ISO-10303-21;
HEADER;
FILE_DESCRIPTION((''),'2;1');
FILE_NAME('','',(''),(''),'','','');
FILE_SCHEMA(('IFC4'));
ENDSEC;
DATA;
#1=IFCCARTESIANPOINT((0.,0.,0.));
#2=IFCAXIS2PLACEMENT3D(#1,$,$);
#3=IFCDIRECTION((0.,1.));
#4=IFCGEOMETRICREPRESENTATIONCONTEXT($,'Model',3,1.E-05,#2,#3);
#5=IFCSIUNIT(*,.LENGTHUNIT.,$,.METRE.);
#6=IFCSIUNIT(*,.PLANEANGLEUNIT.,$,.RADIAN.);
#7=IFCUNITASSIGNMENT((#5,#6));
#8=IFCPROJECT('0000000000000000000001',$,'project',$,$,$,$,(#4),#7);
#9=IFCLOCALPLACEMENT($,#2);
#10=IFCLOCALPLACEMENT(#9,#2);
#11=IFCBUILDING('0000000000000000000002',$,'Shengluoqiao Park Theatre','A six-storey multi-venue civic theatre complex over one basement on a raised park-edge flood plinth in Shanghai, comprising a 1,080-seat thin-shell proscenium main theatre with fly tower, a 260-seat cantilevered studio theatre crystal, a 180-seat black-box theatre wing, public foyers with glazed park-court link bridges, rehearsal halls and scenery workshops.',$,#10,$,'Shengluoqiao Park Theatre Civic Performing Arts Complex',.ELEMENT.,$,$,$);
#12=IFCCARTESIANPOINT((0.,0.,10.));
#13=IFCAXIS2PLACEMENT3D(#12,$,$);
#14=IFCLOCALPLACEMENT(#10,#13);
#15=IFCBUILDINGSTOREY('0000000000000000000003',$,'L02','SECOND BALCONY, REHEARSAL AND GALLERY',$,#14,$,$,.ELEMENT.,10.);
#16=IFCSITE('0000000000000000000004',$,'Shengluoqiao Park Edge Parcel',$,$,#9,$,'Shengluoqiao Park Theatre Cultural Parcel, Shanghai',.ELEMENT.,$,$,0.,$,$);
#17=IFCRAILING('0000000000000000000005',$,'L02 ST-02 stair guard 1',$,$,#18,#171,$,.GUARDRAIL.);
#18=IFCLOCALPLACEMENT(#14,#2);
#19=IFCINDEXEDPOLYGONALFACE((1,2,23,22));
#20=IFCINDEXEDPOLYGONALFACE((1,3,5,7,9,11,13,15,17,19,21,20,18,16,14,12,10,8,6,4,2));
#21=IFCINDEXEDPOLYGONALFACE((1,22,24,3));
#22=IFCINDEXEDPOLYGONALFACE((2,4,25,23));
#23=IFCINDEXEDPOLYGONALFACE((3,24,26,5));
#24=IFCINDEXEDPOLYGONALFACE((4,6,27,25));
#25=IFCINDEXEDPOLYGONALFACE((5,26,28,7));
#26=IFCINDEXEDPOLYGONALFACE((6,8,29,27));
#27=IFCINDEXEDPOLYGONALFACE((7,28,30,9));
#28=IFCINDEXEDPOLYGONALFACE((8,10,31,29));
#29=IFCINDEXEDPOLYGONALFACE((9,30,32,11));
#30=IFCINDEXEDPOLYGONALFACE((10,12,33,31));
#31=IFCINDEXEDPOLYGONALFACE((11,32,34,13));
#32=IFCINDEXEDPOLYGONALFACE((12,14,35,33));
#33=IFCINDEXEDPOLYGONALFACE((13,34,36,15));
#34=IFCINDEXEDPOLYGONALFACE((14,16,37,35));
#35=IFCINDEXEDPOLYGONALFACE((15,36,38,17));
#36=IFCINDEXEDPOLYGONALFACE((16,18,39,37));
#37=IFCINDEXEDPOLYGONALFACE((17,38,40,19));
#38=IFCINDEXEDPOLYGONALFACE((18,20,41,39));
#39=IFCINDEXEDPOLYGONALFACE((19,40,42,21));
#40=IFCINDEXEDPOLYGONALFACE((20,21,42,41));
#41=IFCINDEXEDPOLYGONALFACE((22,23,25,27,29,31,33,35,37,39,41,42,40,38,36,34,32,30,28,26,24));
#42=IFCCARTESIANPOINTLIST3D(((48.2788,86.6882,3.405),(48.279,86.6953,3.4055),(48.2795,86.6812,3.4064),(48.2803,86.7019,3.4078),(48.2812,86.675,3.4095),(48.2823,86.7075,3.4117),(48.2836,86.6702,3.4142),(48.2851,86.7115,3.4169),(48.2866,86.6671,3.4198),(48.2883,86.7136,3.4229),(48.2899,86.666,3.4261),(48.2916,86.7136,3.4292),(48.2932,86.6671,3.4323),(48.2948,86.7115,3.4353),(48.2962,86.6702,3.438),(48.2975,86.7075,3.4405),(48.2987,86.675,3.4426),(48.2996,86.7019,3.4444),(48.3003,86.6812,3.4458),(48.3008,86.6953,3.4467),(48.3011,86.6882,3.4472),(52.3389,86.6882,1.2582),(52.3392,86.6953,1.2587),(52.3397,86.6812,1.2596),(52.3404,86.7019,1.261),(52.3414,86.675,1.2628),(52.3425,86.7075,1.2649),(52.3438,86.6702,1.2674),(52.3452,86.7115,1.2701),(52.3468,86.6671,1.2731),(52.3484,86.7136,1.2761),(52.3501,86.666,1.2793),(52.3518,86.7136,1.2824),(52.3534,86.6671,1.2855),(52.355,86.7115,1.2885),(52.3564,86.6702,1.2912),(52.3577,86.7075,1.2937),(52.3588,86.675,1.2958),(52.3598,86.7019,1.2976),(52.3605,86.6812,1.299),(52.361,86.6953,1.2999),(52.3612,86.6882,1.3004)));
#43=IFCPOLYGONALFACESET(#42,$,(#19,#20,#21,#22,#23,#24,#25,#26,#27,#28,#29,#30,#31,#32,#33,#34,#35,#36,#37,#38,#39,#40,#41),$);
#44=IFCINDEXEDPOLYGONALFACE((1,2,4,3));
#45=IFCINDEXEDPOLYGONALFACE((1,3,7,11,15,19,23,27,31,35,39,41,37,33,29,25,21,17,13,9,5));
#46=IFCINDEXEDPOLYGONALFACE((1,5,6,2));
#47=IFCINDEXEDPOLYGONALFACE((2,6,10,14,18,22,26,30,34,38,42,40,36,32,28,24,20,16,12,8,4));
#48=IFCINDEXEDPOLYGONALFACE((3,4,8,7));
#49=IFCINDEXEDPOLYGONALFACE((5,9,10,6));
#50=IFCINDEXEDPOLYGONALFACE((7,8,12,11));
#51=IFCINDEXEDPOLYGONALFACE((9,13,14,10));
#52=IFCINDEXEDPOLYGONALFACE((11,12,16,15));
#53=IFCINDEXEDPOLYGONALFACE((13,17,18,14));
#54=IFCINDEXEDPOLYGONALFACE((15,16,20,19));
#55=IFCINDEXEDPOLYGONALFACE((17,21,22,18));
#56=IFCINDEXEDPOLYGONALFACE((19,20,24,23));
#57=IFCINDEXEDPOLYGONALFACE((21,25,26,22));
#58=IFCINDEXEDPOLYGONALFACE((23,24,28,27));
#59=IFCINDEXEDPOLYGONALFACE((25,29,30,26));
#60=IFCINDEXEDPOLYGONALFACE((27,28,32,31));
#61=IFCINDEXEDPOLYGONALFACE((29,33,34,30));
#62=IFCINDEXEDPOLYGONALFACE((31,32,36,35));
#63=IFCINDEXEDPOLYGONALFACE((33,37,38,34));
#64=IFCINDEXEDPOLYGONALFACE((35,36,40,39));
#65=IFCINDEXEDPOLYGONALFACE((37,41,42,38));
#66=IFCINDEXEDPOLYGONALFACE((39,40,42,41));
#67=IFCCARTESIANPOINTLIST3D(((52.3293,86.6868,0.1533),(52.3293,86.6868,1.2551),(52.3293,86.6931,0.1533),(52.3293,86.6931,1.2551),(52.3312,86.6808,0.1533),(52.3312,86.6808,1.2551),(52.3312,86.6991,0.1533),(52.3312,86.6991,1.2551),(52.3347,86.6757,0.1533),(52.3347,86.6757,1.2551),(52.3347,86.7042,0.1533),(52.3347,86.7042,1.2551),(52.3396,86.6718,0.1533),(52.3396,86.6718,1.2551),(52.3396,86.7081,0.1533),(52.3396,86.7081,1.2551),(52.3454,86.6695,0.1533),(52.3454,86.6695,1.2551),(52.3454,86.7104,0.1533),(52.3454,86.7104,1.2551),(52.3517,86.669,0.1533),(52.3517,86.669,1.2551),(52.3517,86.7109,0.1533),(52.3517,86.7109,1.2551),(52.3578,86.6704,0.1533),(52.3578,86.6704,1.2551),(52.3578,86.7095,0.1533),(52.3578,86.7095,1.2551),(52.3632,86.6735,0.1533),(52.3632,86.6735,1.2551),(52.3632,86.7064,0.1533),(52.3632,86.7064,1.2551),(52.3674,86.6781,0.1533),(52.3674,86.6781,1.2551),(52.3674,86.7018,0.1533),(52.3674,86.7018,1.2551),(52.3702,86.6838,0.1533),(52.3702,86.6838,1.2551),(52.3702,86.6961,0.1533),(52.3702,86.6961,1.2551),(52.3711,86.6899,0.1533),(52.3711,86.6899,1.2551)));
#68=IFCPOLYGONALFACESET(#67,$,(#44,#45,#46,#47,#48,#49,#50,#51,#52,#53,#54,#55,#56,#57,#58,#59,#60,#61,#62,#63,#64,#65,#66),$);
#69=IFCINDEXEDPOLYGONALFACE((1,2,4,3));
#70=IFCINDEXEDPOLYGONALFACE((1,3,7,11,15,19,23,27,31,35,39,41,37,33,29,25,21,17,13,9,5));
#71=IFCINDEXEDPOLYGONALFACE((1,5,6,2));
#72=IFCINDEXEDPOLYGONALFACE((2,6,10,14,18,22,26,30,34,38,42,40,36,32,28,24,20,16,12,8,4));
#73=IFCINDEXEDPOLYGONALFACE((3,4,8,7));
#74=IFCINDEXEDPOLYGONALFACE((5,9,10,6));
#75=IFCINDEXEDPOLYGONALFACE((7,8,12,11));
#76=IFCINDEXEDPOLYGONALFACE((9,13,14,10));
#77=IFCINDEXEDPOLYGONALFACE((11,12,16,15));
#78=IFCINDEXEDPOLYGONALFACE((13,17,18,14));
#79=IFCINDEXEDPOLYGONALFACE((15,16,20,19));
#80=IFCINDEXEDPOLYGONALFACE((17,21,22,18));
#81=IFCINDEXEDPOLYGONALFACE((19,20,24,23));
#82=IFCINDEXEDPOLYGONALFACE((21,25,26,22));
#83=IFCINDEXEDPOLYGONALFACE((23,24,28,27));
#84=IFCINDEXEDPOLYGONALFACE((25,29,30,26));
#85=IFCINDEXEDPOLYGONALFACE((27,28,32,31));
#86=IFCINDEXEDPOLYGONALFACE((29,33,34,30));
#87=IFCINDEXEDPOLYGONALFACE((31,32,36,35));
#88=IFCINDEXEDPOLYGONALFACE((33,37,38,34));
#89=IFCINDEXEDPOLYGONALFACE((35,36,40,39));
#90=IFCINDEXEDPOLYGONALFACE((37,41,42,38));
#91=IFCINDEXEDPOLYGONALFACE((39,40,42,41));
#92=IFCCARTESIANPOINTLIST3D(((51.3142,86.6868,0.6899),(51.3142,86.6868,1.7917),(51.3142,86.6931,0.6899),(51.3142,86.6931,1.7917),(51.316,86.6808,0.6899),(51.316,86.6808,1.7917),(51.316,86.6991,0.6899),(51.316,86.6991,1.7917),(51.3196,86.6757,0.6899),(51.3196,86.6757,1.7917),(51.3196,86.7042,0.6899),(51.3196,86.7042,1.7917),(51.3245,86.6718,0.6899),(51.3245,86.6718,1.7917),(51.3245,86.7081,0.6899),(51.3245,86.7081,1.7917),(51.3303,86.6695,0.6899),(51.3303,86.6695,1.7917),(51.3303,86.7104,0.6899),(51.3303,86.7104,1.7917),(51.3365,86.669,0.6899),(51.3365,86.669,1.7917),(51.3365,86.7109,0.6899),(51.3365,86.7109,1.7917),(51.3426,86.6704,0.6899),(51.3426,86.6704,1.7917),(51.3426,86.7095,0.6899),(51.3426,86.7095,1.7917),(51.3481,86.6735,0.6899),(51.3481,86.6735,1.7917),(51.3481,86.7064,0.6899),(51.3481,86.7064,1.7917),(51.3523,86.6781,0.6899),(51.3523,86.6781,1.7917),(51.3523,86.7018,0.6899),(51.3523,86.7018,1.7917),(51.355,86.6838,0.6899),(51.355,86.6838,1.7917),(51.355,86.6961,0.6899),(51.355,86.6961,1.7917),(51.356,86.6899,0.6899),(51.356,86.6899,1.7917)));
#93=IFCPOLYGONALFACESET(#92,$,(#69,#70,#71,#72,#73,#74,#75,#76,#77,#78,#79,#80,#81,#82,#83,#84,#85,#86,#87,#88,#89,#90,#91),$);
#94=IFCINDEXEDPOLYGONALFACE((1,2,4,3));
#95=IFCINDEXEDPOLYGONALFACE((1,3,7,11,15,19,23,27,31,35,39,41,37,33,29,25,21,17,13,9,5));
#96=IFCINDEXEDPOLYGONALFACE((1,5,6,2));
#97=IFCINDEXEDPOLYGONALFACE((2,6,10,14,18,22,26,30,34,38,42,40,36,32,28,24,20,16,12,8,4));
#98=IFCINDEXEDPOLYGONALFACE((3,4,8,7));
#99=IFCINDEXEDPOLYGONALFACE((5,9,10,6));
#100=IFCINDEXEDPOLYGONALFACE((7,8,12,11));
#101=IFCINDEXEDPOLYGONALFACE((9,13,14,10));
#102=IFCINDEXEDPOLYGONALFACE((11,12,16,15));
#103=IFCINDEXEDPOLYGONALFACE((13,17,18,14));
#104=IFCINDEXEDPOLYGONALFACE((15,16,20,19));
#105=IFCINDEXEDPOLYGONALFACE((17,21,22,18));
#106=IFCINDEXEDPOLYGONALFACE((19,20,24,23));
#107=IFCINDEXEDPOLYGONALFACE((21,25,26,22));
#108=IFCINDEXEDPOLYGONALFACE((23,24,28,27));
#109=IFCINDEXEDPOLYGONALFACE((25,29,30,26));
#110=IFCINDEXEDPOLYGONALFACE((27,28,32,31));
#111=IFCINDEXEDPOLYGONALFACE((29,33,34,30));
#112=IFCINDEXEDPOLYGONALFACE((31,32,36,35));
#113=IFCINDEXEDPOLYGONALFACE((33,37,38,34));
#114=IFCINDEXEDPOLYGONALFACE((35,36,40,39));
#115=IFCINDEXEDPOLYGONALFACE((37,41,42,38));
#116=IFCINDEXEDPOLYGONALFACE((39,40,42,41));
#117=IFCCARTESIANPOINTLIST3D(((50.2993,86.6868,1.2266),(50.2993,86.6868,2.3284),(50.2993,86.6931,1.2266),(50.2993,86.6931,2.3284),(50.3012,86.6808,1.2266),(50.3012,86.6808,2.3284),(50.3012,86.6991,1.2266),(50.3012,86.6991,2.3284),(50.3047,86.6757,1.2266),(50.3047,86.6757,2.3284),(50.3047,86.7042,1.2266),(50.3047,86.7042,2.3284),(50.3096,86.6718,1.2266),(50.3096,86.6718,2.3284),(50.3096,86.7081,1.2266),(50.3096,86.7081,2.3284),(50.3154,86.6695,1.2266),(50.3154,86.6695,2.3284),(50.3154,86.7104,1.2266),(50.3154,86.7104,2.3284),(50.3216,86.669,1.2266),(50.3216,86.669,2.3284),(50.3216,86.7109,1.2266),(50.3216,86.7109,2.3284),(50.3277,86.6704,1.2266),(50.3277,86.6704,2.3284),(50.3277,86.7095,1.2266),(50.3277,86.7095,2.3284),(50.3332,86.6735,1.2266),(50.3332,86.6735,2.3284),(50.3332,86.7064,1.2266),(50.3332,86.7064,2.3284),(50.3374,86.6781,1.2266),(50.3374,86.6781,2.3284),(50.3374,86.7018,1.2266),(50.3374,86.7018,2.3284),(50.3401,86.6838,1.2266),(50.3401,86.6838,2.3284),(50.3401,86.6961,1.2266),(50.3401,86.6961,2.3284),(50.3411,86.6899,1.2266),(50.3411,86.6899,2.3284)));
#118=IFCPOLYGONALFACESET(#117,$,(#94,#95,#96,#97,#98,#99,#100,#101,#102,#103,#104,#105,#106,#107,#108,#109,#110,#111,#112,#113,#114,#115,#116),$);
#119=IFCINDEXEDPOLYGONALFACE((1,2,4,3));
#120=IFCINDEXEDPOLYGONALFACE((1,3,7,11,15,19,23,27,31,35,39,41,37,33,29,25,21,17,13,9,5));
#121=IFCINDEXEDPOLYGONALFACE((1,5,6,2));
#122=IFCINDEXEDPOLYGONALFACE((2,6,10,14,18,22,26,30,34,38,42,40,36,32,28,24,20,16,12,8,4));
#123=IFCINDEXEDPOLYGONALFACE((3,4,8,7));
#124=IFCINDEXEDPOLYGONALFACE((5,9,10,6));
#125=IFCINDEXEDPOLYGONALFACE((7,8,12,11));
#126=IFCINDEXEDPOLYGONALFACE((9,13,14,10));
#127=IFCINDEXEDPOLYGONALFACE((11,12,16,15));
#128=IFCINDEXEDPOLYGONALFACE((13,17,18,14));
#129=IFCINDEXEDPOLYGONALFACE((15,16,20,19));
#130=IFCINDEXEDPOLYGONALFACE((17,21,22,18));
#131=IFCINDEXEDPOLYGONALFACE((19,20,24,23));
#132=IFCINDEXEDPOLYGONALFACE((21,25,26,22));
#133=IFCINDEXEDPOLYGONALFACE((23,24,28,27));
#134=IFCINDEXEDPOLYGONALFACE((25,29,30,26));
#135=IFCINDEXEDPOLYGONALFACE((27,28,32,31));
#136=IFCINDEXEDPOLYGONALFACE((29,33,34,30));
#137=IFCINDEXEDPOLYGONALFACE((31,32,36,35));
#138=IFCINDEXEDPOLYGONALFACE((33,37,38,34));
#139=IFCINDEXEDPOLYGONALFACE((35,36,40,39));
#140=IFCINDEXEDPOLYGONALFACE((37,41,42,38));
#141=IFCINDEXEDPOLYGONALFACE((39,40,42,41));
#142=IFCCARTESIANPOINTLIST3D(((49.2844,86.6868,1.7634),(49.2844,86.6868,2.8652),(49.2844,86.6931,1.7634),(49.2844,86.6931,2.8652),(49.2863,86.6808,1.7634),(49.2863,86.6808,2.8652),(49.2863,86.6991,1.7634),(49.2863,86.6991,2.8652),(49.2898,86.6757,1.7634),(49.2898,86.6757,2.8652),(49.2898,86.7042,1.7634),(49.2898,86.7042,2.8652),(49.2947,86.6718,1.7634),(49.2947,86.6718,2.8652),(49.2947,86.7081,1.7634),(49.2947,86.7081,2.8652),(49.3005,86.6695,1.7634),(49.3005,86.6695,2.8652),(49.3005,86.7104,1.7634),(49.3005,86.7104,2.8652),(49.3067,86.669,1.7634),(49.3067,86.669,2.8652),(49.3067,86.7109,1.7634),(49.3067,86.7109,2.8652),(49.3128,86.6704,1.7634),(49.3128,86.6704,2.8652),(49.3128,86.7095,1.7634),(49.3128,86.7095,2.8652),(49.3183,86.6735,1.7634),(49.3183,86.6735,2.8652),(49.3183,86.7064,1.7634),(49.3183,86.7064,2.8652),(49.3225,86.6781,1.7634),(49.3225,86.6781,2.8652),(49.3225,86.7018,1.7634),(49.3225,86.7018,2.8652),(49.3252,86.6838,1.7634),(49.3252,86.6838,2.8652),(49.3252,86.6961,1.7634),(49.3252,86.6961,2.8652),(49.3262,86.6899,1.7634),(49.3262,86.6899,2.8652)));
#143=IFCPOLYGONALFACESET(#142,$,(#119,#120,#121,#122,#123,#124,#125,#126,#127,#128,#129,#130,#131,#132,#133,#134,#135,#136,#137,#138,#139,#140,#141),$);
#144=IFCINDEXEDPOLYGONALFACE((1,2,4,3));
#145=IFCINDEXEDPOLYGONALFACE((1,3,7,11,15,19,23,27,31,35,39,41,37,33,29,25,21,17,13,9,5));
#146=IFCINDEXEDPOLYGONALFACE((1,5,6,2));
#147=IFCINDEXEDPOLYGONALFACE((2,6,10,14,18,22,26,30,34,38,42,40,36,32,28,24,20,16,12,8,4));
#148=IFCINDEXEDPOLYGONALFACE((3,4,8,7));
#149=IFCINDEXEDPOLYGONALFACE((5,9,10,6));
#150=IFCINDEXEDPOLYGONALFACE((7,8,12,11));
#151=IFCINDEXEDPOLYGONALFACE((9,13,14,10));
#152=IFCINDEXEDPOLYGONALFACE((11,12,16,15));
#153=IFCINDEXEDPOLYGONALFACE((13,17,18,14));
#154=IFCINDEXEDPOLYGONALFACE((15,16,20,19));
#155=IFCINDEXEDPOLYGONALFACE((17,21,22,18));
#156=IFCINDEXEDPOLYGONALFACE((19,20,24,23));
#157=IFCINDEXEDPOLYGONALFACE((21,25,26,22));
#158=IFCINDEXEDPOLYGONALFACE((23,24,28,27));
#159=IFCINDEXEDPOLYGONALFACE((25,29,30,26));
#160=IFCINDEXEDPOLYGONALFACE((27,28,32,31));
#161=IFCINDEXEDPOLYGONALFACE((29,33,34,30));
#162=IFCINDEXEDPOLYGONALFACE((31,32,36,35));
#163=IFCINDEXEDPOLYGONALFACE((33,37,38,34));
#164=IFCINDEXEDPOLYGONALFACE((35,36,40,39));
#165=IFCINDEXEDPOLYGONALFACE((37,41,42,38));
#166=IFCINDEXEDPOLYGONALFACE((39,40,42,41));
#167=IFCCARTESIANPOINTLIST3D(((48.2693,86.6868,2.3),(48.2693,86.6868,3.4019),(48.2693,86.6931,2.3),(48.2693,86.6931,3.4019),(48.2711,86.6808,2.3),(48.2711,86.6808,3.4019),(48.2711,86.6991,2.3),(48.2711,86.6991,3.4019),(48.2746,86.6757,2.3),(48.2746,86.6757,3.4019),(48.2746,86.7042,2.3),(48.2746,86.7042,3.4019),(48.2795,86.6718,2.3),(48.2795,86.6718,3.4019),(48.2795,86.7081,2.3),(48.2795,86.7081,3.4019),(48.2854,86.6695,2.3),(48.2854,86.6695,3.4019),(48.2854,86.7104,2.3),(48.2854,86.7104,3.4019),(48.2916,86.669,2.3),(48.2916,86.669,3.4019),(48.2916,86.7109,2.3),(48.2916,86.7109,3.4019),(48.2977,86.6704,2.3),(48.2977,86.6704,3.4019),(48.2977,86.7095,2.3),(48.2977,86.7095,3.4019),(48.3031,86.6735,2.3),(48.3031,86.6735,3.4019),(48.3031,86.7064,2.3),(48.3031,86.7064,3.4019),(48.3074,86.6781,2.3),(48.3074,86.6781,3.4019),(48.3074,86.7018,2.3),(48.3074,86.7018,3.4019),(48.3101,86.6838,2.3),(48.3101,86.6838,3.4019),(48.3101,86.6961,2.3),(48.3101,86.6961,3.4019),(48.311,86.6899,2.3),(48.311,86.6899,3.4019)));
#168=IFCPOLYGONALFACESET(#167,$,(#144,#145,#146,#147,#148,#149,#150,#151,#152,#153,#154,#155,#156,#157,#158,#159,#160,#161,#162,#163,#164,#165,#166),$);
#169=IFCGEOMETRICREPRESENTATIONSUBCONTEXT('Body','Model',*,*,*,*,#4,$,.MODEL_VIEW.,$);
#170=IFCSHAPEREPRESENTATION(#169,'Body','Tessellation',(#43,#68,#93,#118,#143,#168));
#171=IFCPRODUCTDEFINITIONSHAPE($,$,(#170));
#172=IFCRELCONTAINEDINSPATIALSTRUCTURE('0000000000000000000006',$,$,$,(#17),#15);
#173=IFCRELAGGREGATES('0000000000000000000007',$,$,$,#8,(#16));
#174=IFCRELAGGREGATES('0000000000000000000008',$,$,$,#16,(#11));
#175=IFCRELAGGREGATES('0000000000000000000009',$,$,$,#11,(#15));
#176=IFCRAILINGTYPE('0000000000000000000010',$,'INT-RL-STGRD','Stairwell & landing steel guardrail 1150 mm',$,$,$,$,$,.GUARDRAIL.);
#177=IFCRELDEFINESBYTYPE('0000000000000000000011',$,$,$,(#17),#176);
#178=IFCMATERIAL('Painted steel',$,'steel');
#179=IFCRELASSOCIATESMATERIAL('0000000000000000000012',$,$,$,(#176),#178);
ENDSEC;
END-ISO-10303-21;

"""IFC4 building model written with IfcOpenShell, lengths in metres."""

from ifc_helpers import new_model, si_unit, direction, frame, origin, origin_2d, place, context, subcontext, project, spatial, circle, extrude, material, type_object, element, save


model = new_model("IFC4")

# Units and contexts
model_context = context("Model", 3, precision=1e-05, world=origin(), true_north=direction((0.0, 1.0)))
body_context = subcontext(model_context, "Body", "Model", "MODEL_VIEW")
ifc_project = project(units=[si_unit("LENGTHUNIT", "METRE"), si_unit("PLANEANGLEUNIT", "RADIAN")], contexts=[model_context])

# Site, building, storey
site_placement = place(None, origin())
site = spatial("IfcSite", under=ifc_project, at=site_placement, Name="Shengluoqiao Park Edge Parcel", LongName="Shengluoqiao Park Theatre Cultural Parcel, Shanghai", CompositionType="ELEMENT", RefElevation=0.0)
building_placement = place(site_placement, origin())
building = spatial("IfcBuilding", under=site, at=building_placement, Name="Shengluoqiao Park Theatre", Description="A six-storey multi-venue civic theatre complex over one basement on a raised park-edge flood plinth in Shanghai, comprising a 1,080-seat thin-shell proscenium main theatre with fly tower, a 260-seat cantilevered studio theatre crystal, a 180-seat black-box theatre wing, public foyers with glazed park-court link bridges, rehearsal halls and scenery workshops.", LongName="Shengluoqiao Park Theatre Civic Performing Arts Complex", CompositionType="ELEMENT")
storey_placement = place(building_placement, frame((0.0, 0.0, 10.0)))
storey = spatial("IfcBuildingStorey", under=building, at=storey_placement, Name="L02", Description="SECOND BALCONY, REHEARSAL AND GALLERY", CompositionType="ELEMENT", Elevation=10.0)

# Railing
ifc_material_1 = material(Name="Painted steel", Category="steel")
railing_type_1 = type_object("IfcRailingType", Name="INT-RL-STGRD", Description="Stairwell & landing steel guardrail 1150 mm", PredefinedType="GUARDRAIL", material=ifc_material_1)
railing_1_placement = place(storey_placement, frame((52.3501, 86.6899, 0.1533)))
element("IfcRailing", 1, at=railing_1_placement, inside=storey, type_object=railing_type_1, Name="L02 ST-02 stair guard 1", PredefinedType="GUARDRAIL", context=body_context, shape_type="SweptSolid", body=[
    extrude(circle(Radius=0.0239, at=origin_2d()), frame((0.0, 0.0, 1.126), z_axis=(-0.884032, 0.0, 0.467426), x_axis=(0.0, -1.0, 0.0)), (0.0, 0.0, 1.0), 4.5928),
    extrude(circle(Radius=0.021, at=origin_2d()), origin(), (0.0, 0.0, 1.0), 1.1018),
    extrude(circle(Radius=0.021, at=origin_2d()), frame((-1.0151, 0.0, 0.5366)), (0.0, 0.0, 1.0), 1.1018),
    extrude(circle(Radius=0.021, at=origin_2d()), frame((-2.03, 0.0, 1.0732)), (0.0, 0.0, 1.0), 1.1018),
    extrude(circle(Radius=0.021, at=origin_2d()), frame((-3.0449, 0.0, 1.6101)), (0.0, 0.0, 1.0), 1.1018),
    extrude(circle(Radius=0.021, at=origin_2d()), frame((-4.0601, 0.0, 2.1467)), (0.0, 0.0, 1.0), 1.1018),
])

save(model, "model.ifc")
